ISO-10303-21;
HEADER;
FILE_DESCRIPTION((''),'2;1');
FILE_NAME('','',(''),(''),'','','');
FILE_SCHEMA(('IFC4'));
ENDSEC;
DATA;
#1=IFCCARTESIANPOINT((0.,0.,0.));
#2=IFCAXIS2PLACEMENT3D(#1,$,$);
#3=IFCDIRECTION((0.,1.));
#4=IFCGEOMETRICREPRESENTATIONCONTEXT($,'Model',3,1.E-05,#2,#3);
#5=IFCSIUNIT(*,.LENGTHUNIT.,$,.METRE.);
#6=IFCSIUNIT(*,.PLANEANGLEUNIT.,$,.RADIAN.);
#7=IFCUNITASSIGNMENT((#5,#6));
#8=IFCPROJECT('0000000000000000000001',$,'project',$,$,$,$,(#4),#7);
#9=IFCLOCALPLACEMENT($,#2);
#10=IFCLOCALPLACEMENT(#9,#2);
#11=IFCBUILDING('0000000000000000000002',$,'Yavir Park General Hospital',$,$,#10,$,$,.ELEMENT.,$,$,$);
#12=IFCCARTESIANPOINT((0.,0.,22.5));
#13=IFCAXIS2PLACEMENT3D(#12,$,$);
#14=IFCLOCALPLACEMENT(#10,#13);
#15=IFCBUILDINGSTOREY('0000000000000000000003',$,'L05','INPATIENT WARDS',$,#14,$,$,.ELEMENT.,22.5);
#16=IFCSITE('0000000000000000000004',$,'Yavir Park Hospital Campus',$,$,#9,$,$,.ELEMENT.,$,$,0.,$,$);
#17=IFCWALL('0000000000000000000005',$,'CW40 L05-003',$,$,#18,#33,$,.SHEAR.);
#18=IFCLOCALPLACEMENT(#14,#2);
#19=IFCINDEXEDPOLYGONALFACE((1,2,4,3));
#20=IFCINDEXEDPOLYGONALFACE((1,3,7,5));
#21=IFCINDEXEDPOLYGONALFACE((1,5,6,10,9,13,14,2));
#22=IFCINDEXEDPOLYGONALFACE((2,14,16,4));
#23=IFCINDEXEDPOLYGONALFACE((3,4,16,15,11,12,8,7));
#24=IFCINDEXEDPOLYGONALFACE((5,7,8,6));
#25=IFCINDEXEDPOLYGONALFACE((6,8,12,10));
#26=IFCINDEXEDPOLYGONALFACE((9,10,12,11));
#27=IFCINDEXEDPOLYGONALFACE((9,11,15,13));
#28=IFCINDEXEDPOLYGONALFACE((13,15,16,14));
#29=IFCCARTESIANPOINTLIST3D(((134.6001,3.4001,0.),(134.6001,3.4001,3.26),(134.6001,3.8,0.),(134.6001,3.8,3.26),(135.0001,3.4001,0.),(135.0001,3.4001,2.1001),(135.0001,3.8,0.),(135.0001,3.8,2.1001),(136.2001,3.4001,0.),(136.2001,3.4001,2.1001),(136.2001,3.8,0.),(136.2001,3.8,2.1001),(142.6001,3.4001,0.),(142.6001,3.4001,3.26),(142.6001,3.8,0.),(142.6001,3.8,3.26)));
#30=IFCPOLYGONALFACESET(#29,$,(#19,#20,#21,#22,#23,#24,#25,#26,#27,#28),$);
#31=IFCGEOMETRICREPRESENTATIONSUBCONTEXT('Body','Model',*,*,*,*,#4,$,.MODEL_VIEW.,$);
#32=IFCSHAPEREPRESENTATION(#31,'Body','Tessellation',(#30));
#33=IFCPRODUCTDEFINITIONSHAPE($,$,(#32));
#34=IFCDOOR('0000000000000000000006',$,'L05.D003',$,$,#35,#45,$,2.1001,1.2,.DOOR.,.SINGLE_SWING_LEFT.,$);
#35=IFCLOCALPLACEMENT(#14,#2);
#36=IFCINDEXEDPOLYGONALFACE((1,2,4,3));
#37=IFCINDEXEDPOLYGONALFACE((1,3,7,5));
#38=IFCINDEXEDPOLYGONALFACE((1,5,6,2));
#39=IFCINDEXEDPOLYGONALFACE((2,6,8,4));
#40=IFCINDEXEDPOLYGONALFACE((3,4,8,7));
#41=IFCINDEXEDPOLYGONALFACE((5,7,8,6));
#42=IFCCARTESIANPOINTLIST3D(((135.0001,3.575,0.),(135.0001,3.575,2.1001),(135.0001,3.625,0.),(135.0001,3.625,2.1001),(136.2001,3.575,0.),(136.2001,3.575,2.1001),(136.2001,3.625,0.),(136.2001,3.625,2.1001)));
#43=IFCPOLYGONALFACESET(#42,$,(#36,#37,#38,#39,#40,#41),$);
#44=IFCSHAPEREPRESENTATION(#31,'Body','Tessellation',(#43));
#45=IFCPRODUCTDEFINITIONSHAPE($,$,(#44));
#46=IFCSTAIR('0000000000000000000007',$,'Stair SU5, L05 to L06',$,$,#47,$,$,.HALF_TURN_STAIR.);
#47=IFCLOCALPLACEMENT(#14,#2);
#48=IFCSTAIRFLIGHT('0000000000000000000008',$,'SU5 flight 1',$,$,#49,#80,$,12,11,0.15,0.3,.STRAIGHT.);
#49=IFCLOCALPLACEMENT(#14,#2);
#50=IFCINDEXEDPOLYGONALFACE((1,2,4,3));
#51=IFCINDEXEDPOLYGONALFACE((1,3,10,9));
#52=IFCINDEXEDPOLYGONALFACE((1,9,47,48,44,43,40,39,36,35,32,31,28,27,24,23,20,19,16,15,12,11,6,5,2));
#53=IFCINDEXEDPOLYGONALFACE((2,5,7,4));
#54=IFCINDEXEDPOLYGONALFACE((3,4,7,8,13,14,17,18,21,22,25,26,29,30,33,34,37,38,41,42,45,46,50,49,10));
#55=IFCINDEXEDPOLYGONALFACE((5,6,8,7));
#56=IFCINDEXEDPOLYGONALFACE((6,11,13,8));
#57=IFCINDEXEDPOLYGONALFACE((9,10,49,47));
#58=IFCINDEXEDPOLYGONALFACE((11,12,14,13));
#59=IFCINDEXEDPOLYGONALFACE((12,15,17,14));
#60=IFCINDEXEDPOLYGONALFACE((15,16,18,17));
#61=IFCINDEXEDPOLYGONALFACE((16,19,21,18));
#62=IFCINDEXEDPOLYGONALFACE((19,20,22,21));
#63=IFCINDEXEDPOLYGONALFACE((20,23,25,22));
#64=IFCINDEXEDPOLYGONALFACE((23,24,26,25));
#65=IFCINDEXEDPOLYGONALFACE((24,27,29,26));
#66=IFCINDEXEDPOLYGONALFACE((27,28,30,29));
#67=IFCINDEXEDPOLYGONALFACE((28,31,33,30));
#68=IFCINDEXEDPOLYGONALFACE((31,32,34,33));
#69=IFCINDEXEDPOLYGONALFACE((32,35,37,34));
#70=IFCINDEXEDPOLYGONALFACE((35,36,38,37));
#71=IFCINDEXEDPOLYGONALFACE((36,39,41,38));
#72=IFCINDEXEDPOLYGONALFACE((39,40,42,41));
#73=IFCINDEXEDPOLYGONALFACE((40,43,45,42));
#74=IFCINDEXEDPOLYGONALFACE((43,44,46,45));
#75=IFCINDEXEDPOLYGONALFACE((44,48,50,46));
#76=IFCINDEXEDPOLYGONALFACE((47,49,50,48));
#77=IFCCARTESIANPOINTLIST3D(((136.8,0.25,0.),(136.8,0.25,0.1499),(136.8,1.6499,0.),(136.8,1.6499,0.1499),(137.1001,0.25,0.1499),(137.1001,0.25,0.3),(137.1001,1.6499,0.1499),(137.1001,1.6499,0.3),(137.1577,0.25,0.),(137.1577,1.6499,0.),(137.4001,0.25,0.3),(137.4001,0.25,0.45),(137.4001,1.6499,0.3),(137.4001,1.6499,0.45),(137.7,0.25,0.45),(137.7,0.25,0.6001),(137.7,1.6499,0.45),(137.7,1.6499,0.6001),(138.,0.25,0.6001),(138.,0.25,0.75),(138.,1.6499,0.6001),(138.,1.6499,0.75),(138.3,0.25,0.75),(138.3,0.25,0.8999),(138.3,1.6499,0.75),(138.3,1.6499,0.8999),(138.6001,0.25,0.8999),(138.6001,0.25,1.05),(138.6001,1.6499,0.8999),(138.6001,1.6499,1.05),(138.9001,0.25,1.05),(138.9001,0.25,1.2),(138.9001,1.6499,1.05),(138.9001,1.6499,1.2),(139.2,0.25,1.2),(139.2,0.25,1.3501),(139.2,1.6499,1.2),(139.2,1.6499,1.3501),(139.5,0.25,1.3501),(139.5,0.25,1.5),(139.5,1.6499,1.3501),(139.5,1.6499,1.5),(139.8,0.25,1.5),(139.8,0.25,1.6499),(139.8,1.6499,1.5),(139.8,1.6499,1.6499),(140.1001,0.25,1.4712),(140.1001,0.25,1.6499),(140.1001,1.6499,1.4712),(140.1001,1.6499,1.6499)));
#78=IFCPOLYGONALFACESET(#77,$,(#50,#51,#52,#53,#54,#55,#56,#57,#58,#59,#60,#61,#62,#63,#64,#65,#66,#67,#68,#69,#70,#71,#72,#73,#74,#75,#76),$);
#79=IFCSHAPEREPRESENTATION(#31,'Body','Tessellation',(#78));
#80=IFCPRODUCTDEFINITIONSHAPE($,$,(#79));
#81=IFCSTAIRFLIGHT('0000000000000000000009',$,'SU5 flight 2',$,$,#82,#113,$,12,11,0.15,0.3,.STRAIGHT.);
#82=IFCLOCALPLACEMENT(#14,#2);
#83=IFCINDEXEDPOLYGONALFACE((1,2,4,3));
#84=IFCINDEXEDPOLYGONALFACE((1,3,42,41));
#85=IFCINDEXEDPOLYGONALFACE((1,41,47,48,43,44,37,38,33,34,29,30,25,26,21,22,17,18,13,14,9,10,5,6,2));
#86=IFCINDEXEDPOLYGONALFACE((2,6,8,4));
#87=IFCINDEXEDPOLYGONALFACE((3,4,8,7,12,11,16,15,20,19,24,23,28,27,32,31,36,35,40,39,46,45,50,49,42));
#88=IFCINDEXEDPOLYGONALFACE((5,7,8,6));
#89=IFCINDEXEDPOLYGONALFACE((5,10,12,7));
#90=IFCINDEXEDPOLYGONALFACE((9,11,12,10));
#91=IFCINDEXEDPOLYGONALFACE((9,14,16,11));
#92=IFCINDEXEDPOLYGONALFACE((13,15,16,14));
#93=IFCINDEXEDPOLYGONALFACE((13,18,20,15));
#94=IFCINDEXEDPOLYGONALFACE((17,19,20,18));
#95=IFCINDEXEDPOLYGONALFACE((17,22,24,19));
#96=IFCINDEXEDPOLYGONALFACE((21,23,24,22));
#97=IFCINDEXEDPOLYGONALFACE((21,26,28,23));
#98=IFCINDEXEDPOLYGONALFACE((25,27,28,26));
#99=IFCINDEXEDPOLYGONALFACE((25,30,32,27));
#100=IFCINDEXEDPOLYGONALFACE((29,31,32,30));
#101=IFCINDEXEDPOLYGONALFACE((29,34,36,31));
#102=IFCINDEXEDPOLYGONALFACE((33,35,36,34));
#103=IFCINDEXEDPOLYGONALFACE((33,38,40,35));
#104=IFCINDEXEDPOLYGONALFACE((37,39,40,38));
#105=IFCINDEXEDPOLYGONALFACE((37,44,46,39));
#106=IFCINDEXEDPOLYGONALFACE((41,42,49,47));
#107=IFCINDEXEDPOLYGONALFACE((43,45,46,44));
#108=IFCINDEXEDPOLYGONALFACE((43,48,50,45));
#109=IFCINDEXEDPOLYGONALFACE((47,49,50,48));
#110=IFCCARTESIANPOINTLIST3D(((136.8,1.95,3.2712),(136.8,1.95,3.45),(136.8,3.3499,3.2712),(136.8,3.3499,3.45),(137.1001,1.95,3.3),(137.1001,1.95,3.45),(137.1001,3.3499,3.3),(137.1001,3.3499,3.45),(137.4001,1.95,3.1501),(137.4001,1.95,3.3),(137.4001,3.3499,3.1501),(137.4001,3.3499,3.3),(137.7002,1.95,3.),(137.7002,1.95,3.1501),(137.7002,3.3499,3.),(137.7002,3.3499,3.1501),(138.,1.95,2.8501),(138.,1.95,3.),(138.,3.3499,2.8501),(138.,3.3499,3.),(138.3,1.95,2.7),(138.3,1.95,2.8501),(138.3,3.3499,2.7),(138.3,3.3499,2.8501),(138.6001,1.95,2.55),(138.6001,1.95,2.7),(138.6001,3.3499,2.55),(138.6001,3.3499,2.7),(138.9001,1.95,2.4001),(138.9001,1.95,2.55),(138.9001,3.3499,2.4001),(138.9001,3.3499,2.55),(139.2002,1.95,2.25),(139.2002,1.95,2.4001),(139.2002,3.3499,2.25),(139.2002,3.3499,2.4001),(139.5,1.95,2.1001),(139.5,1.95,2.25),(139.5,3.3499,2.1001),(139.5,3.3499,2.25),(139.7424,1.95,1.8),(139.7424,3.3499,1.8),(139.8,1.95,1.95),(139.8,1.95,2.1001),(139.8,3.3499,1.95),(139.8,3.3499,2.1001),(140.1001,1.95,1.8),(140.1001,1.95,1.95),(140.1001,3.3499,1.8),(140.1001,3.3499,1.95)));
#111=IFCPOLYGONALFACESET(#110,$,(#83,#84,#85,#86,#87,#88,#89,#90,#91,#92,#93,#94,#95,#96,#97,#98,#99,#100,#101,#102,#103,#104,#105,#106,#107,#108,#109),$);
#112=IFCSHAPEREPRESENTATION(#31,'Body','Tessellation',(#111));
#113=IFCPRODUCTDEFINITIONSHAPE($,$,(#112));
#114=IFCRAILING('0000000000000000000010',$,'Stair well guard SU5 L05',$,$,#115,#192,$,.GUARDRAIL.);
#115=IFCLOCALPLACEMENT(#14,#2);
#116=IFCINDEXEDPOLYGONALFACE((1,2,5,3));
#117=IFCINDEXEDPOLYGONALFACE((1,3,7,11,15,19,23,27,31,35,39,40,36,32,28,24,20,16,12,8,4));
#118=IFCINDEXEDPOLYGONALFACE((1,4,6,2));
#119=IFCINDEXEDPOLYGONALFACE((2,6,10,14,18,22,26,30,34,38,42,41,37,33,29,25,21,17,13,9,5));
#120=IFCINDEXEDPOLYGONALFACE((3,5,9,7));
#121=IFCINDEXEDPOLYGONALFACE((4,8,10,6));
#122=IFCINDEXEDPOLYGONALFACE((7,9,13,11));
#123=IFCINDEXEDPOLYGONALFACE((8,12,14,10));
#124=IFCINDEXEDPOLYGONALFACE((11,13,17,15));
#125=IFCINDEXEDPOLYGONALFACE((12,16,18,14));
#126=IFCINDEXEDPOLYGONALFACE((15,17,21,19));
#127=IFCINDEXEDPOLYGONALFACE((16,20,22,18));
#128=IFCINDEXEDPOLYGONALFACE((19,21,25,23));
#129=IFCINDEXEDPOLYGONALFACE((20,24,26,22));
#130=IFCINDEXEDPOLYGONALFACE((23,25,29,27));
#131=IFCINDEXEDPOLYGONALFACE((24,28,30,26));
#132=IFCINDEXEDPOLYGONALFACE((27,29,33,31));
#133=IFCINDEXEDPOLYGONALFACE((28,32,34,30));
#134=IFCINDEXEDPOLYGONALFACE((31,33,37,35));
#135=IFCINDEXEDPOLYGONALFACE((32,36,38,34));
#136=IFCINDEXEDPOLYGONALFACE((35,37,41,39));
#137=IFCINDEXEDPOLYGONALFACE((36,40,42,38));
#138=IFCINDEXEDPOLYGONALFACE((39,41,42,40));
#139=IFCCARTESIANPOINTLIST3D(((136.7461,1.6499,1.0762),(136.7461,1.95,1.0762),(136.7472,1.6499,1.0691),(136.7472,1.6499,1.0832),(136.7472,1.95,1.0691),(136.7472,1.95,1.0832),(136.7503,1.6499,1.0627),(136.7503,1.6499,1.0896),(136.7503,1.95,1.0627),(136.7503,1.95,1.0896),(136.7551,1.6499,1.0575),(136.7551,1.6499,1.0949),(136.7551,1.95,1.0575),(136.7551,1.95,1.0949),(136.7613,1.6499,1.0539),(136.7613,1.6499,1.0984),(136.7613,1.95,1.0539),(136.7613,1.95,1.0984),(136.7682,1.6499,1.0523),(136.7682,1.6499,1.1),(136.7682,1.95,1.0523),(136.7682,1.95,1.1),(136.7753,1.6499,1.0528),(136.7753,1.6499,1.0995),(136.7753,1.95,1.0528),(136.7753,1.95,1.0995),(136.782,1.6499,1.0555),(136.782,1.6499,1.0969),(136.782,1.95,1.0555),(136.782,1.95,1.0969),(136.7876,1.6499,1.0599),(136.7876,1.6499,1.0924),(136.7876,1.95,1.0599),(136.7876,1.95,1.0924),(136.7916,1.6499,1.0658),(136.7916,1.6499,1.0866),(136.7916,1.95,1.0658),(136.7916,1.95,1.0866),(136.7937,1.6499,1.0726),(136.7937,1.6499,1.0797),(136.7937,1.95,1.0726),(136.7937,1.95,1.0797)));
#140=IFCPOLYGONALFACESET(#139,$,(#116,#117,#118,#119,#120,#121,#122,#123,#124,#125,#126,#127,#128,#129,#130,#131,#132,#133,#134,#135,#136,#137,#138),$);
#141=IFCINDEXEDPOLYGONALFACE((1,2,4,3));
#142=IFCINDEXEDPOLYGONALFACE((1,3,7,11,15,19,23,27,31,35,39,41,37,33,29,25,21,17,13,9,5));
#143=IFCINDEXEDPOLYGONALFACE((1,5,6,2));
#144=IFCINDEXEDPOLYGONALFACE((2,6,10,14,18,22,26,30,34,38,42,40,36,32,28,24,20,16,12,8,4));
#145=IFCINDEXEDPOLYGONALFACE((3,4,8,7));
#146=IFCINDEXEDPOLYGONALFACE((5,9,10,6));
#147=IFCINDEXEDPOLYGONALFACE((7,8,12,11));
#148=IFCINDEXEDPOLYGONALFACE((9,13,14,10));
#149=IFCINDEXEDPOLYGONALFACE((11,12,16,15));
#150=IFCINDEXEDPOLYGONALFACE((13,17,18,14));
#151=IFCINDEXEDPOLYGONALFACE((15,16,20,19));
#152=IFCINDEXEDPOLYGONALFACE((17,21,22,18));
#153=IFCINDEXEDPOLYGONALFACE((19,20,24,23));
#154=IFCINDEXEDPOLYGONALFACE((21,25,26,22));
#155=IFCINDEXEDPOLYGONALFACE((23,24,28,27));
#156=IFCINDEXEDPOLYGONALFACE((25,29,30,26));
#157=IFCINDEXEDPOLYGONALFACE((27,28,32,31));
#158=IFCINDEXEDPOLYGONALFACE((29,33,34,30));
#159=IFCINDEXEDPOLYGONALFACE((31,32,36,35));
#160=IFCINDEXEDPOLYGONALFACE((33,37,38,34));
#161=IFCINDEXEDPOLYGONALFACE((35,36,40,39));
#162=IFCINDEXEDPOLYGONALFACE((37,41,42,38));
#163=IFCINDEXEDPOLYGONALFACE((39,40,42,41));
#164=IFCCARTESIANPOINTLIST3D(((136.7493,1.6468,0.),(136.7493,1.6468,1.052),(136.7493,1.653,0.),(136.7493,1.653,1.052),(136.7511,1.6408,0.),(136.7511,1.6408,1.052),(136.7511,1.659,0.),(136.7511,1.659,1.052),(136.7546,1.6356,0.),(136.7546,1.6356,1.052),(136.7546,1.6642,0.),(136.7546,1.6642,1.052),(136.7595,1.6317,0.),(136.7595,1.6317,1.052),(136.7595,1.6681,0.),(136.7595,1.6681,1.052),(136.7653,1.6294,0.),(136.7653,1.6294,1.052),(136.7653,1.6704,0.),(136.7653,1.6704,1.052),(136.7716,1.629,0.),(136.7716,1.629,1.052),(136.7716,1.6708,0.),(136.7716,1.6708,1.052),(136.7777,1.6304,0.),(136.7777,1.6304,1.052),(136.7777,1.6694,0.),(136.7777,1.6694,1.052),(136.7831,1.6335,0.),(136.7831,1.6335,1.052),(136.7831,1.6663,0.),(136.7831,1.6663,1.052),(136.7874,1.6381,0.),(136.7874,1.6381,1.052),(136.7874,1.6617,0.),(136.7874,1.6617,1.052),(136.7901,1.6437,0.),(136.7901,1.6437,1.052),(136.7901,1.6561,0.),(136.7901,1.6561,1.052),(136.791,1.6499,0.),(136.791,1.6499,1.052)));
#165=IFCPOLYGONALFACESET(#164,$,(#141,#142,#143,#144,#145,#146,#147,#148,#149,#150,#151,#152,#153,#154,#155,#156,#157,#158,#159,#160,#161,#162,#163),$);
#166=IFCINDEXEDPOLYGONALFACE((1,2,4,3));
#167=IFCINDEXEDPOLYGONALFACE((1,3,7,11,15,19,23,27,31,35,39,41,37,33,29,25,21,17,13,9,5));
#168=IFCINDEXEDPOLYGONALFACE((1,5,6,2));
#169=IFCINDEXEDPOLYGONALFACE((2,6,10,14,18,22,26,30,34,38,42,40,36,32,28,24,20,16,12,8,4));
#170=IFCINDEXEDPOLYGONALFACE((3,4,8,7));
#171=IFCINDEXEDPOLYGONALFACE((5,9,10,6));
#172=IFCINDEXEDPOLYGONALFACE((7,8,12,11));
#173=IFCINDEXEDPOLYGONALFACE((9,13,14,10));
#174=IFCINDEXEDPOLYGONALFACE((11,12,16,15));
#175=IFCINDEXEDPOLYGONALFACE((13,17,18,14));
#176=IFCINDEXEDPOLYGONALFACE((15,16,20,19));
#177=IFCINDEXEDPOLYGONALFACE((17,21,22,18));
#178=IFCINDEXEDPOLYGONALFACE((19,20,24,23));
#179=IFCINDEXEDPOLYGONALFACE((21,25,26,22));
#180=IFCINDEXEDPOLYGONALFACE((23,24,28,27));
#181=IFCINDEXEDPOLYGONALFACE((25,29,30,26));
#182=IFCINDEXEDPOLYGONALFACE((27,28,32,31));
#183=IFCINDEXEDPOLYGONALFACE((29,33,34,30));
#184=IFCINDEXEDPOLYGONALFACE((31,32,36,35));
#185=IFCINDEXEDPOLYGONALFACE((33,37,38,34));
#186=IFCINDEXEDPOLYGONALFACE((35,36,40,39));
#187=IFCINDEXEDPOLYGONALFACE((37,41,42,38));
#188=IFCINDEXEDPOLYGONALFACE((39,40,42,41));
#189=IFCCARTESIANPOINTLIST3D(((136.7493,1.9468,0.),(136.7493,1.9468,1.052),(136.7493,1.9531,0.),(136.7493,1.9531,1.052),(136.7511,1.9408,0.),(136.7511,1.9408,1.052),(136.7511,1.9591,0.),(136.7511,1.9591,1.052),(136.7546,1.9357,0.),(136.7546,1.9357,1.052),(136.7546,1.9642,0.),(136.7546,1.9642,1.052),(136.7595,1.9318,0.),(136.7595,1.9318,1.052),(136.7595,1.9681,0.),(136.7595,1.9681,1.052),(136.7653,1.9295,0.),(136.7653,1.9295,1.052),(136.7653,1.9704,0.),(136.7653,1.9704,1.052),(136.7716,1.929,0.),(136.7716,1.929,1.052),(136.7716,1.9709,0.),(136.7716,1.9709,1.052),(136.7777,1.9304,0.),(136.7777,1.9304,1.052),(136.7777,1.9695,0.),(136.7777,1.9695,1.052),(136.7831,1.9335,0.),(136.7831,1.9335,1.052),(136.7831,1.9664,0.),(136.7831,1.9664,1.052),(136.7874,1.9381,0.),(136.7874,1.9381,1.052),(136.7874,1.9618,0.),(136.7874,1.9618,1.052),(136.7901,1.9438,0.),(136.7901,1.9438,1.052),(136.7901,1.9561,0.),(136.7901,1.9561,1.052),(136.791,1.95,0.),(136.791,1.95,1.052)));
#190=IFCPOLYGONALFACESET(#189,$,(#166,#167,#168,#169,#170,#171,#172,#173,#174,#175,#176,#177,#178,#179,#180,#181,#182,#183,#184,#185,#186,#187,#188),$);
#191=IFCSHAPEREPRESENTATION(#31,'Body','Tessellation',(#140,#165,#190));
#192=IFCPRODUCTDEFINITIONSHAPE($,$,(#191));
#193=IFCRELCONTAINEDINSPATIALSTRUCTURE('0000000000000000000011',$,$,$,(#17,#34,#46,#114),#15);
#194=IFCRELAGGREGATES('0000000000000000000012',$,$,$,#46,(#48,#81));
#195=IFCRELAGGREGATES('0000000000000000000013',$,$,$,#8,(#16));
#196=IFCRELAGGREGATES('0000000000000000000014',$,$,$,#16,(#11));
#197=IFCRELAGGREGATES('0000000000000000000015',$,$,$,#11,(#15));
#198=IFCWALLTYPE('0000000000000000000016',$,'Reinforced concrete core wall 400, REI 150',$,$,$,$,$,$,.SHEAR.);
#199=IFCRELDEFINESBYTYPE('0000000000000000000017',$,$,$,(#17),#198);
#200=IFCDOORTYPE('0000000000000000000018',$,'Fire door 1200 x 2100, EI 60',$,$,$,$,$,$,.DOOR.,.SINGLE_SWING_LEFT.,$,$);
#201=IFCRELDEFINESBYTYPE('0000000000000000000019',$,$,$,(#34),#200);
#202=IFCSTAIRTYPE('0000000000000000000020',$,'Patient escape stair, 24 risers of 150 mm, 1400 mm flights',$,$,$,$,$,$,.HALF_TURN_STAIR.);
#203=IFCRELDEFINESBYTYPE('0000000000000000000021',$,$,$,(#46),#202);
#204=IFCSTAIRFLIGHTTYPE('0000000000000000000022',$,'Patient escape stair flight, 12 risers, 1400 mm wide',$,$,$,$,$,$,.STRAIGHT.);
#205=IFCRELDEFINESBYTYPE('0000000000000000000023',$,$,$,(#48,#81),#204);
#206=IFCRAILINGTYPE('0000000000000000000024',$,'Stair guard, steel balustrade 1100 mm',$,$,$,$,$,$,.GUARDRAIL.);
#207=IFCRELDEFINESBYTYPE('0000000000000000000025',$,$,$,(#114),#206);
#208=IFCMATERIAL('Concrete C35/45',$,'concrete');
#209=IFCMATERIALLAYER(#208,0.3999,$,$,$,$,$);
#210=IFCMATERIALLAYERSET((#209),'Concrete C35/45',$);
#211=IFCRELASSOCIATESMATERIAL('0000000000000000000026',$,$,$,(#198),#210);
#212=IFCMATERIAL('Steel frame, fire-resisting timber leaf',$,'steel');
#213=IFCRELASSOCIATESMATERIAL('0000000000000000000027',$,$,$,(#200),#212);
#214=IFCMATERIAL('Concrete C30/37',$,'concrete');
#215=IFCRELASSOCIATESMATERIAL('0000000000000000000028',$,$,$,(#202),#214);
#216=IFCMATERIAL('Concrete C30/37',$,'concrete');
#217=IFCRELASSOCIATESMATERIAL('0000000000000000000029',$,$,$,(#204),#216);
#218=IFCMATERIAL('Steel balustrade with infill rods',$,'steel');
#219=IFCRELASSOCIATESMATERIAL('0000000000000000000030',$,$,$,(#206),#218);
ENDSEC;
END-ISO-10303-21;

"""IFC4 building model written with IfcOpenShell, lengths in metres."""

from ifc_helpers import new_model, si_unit, direction, frame, frame_2d, origin, origin_2d, place, context, subcontext, project, spatial, polyline, rectangle, circle, outline, extrude, material, layer, layer_set, type_object, element, fill, aggregate, save


model = new_model("IFC4")

# Units and contexts
model_context = context("Model", 3, precision=1e-05, world=origin(), true_north=direction((0.0, 1.0)))
body_context = subcontext(model_context, "Body", "Model", "MODEL_VIEW")
ifc_project = project(units=[si_unit("LENGTHUNIT", "METRE"), si_unit("PLANEANGLEUNIT", "RADIAN")], contexts=[model_context])

# Site, building, storey
site_placement = place(None, origin())
site = spatial("IfcSite", under=ifc_project, at=site_placement, Name="Yavir Park Hospital Campus", CompositionType="ELEMENT", RefElevation=0.0)
building_placement = place(site_placement, origin())
building = spatial("IfcBuilding", under=site, at=building_placement, Name="Yavir Park General Hospital", CompositionType="ELEMENT")
storey_placement = place(building_placement, frame((0.0, 0.0, 22.5)))
storey = spatial("IfcBuildingStorey", under=building, at=storey_placement, Name="L05", Description="INPATIENT WARDS", CompositionType="ELEMENT", Elevation=22.5)

# Wall, opening, door
ifc_material_1 = material(Name="Concrete C35/45", Category="concrete")
ifc_layer_1 = layer(ifc_material_1, 0.3999)
ifc_layer_set_1 = layer_set([ifc_layer_1], Name="Concrete C35/45")
wall_type_1 = type_object("IfcWallType", Name="Reinforced concrete core wall 400, REI 150", PredefinedType="SHEAR", material=ifc_layer_set_1)
wall_1_placement = place(storey_placement, frame((134.6001, 3.6001, 0.0), z_axis=(0.0, 0.0, 1.0), x_axis=(1.0, 0.0, 0.0)))
wall_1 = element("IfcWall", 1, at=wall_1_placement, inside=storey, type_object=wall_type_1, Name="CW40 L05-003", PredefinedType="SHEAR", context=body_context, shape_type="SweptSolid", body=[
    extrude(rectangle(XDim=8.0, YDim=0.3999, at=frame_2d((4.0, 0.0))), origin(), (0.0, 0.0, 1.0), 3.26),
])
opening_1_placement = place(wall_1_placement, frame((0.3999, 0.0, 0.0)))
opening_1 = element("IfcOpeningElement", 2, at=opening_1_placement, cuts=wall_1, PredefinedType="OPENING", context=body_context, shape_type="SweptSolid", body=[
    extrude(rectangle(XDim=1.2, YDim=2.1001, at=frame_2d((0.6001, 1.05))), frame((0.0, 0.21, 0.0), z_axis=(0.0, -1.0, 0.0), x_axis=(1.0, 0.0, 0.0)), (0.0, 0.0, 1.0), 0.4199),
])
ifc_material_2 = material(Name="Steel frame, fire-resisting timber leaf", Category="steel")
door_type_1 = type_object("IfcDoorType", Name="Fire door 1200 x 2100, EI 60", OperationType="SINGLE_SWING_LEFT", PredefinedType="DOOR", material=ifc_material_2)
door_1_placement = place(opening_1_placement, origin())
door_1 = element("IfcDoor", 3, at=door_1_placement, inside=storey, type_object=door_type_1, Name="L05.D003", OperationType="SINGLE_SWING_LEFT", OverallHeight=2.1001, OverallWidth=1.2, PredefinedType="DOOR", context=body_context, shape_type="SweptSolid", body=[
    extrude(rectangle(XDim=1.2, YDim=2.1001, at=frame_2d((0.6001, 1.05))), frame((0.0, 0.0249, 0.0), z_axis=(0.0, -1.0, 0.0), x_axis=(1.0, 0.0, 0.0)), (0.0, 0.0, 1.0), 0.05),
])
fill(opening_1, door_1)

# Stair, stair flights
ifc_material_3 = material(Name="Concrete C30/37", Category="concrete")
stair_type = type_object("IfcStairType", Name="Patient escape stair, 24 risers of 150 mm, 1400 mm flights", PredefinedType="HALF_TURN_STAIR", material=ifc_material_3)
stair_placement = place(storey_placement, origin())
stair = element("IfcStair", 4, at=stair_placement, inside=storey, type_object=stair_type, Name="Stair SU5, L05 to L06", PredefinedType="HALF_TURN_STAIR")
ifc_material_4 = material(Name="Concrete C30/37", Category="concrete")
stair_flight_type = type_object("IfcStairFlightType", Name="Patient escape stair flight, 12 risers, 1400 mm wide", PredefinedType="STRAIGHT", material=ifc_material_4)
stair_flight_1_placement = place(storey_placement, frame((136.8, 0.95, 0.0), z_axis=(0.0, 0.0, 1.0), x_axis=(1.0, 0.0, 0.0)))
stair_flight_1 = element("IfcStairFlight", 5, at=stair_flight_1_placement, type_object=stair_flight_type, Name="SU5 flight 1", NumberOfRisers=12, NumberOfTreads=11, PredefinedType="STRAIGHT", RiserHeight=0.15, TreadLength=0.3, context=body_context, shape_type="SweptSolid", body=[
    extrude(outline(polyline([(0.0, 0.0), (0.0, 0.1499), (0.3, 0.1499), (0.3, 0.3), (0.6001, 0.3), (0.6001, 0.45), (0.8999, 0.45), (0.8999, 0.6001), (1.2, 0.6001), (1.2, 0.75), (1.5, 0.75), (1.5, 0.8999), (1.8, 0.8999), (1.8, 1.05), (2.1001, 1.05), (2.1001, 1.2), (2.3999, 1.2), (2.3999, 1.3501), (2.7, 1.3501), (2.7, 1.5), (3.0, 1.5), (3.0, 1.6499), (3.3, 1.6499), (3.3, 1.8), (3.3, 1.4712), (0.3577, 0.0), (0.0, 0.0)])), frame((0.0, 0.7, 0.0), z_axis=(0.0, -1.0, 0.0), x_axis=(1.0, 0.0, 0.0)), (0.0, 0.0, 1.0), 1.3999),
])
stair_flight_2_placement = place(storey_placement, frame((140.1001, 2.6499, 1.8), z_axis=(0.0, 0.0, 1.0), x_axis=(-1.0, 0.0, 0.0)))
stair_flight_2 = element("IfcStairFlight", 6, at=stair_flight_2_placement, type_object=stair_flight_type, Name="SU5 flight 2", NumberOfRisers=12, NumberOfTreads=11, PredefinedType="STRAIGHT", RiserHeight=0.15, TreadLength=0.3, context=body_context, shape_type="SweptSolid", body=[
    extrude(outline(polyline([(0.0, 0.0), (0.0, 0.1499), (0.3, 0.1499), (0.3, 0.3), (0.6001, 0.3), (0.6001, 0.45), (0.8999, 0.45), (0.8999, 0.6001), (1.2, 0.6001), (1.2, 0.75), (1.5, 0.75), (1.5, 0.8999), (1.8, 0.8999), (1.8, 1.05), (2.1001, 1.05), (2.1001, 1.2), (2.3999, 1.2), (2.3999, 1.3501), (2.7, 1.3501), (2.7, 1.5), (3.0, 1.5), (3.0, 1.6499), (3.3, 1.6499), (3.3, 1.8), (3.3, 1.4712), (0.3577, 0.0), (0.0, 0.0)])), frame((0.0, 0.7, 0.0), z_axis=(0.0, -1.0, 0.0), x_axis=(1.0, 0.0, 0.0)), (0.0, 0.0, 1.0), 1.3999),
])
aggregate(stair, [stair_flight_1, stair_flight_2])

# Railing
ifc_material_5 = material(Name="Steel balustrade with infill rods", Category="steel")
railing_type_1 = type_object("IfcRailingType", Name="Stair guard, steel balustrade 1100 mm", PredefinedType="GUARDRAIL", material=ifc_material_5)
railing_placement = place(storey_placement, frame((136.77, 1.6499, 0.0)))
element("IfcRailing", 7, at=railing_placement, inside=storey, type_object=railing_type_1, Name="Stair well guard SU5 L05", PredefinedType="GUARDRAIL", context=body_context, shape_type="SweptSolid", body=[
    extrude(circle(Radius=0.0239, at=origin_2d()), frame((0.0, 0.0, 1.0762), z_axis=(0.0, 1.0, 0.0), x_axis=(-1.0, 0.0, 0.0)), (0.0, 0.0, 1.0), 0.3),
    extrude(circle(Radius=0.021, at=origin_2d()), origin(), (0.0, 0.0, 1.0), 1.052),
    extrude(circle(Radius=0.021, at=origin_2d()), frame((0.0, 0.3, 0.0)), (0.0, 0.0, 1.0), 1.052),
])

save(model, "model.ifc")
